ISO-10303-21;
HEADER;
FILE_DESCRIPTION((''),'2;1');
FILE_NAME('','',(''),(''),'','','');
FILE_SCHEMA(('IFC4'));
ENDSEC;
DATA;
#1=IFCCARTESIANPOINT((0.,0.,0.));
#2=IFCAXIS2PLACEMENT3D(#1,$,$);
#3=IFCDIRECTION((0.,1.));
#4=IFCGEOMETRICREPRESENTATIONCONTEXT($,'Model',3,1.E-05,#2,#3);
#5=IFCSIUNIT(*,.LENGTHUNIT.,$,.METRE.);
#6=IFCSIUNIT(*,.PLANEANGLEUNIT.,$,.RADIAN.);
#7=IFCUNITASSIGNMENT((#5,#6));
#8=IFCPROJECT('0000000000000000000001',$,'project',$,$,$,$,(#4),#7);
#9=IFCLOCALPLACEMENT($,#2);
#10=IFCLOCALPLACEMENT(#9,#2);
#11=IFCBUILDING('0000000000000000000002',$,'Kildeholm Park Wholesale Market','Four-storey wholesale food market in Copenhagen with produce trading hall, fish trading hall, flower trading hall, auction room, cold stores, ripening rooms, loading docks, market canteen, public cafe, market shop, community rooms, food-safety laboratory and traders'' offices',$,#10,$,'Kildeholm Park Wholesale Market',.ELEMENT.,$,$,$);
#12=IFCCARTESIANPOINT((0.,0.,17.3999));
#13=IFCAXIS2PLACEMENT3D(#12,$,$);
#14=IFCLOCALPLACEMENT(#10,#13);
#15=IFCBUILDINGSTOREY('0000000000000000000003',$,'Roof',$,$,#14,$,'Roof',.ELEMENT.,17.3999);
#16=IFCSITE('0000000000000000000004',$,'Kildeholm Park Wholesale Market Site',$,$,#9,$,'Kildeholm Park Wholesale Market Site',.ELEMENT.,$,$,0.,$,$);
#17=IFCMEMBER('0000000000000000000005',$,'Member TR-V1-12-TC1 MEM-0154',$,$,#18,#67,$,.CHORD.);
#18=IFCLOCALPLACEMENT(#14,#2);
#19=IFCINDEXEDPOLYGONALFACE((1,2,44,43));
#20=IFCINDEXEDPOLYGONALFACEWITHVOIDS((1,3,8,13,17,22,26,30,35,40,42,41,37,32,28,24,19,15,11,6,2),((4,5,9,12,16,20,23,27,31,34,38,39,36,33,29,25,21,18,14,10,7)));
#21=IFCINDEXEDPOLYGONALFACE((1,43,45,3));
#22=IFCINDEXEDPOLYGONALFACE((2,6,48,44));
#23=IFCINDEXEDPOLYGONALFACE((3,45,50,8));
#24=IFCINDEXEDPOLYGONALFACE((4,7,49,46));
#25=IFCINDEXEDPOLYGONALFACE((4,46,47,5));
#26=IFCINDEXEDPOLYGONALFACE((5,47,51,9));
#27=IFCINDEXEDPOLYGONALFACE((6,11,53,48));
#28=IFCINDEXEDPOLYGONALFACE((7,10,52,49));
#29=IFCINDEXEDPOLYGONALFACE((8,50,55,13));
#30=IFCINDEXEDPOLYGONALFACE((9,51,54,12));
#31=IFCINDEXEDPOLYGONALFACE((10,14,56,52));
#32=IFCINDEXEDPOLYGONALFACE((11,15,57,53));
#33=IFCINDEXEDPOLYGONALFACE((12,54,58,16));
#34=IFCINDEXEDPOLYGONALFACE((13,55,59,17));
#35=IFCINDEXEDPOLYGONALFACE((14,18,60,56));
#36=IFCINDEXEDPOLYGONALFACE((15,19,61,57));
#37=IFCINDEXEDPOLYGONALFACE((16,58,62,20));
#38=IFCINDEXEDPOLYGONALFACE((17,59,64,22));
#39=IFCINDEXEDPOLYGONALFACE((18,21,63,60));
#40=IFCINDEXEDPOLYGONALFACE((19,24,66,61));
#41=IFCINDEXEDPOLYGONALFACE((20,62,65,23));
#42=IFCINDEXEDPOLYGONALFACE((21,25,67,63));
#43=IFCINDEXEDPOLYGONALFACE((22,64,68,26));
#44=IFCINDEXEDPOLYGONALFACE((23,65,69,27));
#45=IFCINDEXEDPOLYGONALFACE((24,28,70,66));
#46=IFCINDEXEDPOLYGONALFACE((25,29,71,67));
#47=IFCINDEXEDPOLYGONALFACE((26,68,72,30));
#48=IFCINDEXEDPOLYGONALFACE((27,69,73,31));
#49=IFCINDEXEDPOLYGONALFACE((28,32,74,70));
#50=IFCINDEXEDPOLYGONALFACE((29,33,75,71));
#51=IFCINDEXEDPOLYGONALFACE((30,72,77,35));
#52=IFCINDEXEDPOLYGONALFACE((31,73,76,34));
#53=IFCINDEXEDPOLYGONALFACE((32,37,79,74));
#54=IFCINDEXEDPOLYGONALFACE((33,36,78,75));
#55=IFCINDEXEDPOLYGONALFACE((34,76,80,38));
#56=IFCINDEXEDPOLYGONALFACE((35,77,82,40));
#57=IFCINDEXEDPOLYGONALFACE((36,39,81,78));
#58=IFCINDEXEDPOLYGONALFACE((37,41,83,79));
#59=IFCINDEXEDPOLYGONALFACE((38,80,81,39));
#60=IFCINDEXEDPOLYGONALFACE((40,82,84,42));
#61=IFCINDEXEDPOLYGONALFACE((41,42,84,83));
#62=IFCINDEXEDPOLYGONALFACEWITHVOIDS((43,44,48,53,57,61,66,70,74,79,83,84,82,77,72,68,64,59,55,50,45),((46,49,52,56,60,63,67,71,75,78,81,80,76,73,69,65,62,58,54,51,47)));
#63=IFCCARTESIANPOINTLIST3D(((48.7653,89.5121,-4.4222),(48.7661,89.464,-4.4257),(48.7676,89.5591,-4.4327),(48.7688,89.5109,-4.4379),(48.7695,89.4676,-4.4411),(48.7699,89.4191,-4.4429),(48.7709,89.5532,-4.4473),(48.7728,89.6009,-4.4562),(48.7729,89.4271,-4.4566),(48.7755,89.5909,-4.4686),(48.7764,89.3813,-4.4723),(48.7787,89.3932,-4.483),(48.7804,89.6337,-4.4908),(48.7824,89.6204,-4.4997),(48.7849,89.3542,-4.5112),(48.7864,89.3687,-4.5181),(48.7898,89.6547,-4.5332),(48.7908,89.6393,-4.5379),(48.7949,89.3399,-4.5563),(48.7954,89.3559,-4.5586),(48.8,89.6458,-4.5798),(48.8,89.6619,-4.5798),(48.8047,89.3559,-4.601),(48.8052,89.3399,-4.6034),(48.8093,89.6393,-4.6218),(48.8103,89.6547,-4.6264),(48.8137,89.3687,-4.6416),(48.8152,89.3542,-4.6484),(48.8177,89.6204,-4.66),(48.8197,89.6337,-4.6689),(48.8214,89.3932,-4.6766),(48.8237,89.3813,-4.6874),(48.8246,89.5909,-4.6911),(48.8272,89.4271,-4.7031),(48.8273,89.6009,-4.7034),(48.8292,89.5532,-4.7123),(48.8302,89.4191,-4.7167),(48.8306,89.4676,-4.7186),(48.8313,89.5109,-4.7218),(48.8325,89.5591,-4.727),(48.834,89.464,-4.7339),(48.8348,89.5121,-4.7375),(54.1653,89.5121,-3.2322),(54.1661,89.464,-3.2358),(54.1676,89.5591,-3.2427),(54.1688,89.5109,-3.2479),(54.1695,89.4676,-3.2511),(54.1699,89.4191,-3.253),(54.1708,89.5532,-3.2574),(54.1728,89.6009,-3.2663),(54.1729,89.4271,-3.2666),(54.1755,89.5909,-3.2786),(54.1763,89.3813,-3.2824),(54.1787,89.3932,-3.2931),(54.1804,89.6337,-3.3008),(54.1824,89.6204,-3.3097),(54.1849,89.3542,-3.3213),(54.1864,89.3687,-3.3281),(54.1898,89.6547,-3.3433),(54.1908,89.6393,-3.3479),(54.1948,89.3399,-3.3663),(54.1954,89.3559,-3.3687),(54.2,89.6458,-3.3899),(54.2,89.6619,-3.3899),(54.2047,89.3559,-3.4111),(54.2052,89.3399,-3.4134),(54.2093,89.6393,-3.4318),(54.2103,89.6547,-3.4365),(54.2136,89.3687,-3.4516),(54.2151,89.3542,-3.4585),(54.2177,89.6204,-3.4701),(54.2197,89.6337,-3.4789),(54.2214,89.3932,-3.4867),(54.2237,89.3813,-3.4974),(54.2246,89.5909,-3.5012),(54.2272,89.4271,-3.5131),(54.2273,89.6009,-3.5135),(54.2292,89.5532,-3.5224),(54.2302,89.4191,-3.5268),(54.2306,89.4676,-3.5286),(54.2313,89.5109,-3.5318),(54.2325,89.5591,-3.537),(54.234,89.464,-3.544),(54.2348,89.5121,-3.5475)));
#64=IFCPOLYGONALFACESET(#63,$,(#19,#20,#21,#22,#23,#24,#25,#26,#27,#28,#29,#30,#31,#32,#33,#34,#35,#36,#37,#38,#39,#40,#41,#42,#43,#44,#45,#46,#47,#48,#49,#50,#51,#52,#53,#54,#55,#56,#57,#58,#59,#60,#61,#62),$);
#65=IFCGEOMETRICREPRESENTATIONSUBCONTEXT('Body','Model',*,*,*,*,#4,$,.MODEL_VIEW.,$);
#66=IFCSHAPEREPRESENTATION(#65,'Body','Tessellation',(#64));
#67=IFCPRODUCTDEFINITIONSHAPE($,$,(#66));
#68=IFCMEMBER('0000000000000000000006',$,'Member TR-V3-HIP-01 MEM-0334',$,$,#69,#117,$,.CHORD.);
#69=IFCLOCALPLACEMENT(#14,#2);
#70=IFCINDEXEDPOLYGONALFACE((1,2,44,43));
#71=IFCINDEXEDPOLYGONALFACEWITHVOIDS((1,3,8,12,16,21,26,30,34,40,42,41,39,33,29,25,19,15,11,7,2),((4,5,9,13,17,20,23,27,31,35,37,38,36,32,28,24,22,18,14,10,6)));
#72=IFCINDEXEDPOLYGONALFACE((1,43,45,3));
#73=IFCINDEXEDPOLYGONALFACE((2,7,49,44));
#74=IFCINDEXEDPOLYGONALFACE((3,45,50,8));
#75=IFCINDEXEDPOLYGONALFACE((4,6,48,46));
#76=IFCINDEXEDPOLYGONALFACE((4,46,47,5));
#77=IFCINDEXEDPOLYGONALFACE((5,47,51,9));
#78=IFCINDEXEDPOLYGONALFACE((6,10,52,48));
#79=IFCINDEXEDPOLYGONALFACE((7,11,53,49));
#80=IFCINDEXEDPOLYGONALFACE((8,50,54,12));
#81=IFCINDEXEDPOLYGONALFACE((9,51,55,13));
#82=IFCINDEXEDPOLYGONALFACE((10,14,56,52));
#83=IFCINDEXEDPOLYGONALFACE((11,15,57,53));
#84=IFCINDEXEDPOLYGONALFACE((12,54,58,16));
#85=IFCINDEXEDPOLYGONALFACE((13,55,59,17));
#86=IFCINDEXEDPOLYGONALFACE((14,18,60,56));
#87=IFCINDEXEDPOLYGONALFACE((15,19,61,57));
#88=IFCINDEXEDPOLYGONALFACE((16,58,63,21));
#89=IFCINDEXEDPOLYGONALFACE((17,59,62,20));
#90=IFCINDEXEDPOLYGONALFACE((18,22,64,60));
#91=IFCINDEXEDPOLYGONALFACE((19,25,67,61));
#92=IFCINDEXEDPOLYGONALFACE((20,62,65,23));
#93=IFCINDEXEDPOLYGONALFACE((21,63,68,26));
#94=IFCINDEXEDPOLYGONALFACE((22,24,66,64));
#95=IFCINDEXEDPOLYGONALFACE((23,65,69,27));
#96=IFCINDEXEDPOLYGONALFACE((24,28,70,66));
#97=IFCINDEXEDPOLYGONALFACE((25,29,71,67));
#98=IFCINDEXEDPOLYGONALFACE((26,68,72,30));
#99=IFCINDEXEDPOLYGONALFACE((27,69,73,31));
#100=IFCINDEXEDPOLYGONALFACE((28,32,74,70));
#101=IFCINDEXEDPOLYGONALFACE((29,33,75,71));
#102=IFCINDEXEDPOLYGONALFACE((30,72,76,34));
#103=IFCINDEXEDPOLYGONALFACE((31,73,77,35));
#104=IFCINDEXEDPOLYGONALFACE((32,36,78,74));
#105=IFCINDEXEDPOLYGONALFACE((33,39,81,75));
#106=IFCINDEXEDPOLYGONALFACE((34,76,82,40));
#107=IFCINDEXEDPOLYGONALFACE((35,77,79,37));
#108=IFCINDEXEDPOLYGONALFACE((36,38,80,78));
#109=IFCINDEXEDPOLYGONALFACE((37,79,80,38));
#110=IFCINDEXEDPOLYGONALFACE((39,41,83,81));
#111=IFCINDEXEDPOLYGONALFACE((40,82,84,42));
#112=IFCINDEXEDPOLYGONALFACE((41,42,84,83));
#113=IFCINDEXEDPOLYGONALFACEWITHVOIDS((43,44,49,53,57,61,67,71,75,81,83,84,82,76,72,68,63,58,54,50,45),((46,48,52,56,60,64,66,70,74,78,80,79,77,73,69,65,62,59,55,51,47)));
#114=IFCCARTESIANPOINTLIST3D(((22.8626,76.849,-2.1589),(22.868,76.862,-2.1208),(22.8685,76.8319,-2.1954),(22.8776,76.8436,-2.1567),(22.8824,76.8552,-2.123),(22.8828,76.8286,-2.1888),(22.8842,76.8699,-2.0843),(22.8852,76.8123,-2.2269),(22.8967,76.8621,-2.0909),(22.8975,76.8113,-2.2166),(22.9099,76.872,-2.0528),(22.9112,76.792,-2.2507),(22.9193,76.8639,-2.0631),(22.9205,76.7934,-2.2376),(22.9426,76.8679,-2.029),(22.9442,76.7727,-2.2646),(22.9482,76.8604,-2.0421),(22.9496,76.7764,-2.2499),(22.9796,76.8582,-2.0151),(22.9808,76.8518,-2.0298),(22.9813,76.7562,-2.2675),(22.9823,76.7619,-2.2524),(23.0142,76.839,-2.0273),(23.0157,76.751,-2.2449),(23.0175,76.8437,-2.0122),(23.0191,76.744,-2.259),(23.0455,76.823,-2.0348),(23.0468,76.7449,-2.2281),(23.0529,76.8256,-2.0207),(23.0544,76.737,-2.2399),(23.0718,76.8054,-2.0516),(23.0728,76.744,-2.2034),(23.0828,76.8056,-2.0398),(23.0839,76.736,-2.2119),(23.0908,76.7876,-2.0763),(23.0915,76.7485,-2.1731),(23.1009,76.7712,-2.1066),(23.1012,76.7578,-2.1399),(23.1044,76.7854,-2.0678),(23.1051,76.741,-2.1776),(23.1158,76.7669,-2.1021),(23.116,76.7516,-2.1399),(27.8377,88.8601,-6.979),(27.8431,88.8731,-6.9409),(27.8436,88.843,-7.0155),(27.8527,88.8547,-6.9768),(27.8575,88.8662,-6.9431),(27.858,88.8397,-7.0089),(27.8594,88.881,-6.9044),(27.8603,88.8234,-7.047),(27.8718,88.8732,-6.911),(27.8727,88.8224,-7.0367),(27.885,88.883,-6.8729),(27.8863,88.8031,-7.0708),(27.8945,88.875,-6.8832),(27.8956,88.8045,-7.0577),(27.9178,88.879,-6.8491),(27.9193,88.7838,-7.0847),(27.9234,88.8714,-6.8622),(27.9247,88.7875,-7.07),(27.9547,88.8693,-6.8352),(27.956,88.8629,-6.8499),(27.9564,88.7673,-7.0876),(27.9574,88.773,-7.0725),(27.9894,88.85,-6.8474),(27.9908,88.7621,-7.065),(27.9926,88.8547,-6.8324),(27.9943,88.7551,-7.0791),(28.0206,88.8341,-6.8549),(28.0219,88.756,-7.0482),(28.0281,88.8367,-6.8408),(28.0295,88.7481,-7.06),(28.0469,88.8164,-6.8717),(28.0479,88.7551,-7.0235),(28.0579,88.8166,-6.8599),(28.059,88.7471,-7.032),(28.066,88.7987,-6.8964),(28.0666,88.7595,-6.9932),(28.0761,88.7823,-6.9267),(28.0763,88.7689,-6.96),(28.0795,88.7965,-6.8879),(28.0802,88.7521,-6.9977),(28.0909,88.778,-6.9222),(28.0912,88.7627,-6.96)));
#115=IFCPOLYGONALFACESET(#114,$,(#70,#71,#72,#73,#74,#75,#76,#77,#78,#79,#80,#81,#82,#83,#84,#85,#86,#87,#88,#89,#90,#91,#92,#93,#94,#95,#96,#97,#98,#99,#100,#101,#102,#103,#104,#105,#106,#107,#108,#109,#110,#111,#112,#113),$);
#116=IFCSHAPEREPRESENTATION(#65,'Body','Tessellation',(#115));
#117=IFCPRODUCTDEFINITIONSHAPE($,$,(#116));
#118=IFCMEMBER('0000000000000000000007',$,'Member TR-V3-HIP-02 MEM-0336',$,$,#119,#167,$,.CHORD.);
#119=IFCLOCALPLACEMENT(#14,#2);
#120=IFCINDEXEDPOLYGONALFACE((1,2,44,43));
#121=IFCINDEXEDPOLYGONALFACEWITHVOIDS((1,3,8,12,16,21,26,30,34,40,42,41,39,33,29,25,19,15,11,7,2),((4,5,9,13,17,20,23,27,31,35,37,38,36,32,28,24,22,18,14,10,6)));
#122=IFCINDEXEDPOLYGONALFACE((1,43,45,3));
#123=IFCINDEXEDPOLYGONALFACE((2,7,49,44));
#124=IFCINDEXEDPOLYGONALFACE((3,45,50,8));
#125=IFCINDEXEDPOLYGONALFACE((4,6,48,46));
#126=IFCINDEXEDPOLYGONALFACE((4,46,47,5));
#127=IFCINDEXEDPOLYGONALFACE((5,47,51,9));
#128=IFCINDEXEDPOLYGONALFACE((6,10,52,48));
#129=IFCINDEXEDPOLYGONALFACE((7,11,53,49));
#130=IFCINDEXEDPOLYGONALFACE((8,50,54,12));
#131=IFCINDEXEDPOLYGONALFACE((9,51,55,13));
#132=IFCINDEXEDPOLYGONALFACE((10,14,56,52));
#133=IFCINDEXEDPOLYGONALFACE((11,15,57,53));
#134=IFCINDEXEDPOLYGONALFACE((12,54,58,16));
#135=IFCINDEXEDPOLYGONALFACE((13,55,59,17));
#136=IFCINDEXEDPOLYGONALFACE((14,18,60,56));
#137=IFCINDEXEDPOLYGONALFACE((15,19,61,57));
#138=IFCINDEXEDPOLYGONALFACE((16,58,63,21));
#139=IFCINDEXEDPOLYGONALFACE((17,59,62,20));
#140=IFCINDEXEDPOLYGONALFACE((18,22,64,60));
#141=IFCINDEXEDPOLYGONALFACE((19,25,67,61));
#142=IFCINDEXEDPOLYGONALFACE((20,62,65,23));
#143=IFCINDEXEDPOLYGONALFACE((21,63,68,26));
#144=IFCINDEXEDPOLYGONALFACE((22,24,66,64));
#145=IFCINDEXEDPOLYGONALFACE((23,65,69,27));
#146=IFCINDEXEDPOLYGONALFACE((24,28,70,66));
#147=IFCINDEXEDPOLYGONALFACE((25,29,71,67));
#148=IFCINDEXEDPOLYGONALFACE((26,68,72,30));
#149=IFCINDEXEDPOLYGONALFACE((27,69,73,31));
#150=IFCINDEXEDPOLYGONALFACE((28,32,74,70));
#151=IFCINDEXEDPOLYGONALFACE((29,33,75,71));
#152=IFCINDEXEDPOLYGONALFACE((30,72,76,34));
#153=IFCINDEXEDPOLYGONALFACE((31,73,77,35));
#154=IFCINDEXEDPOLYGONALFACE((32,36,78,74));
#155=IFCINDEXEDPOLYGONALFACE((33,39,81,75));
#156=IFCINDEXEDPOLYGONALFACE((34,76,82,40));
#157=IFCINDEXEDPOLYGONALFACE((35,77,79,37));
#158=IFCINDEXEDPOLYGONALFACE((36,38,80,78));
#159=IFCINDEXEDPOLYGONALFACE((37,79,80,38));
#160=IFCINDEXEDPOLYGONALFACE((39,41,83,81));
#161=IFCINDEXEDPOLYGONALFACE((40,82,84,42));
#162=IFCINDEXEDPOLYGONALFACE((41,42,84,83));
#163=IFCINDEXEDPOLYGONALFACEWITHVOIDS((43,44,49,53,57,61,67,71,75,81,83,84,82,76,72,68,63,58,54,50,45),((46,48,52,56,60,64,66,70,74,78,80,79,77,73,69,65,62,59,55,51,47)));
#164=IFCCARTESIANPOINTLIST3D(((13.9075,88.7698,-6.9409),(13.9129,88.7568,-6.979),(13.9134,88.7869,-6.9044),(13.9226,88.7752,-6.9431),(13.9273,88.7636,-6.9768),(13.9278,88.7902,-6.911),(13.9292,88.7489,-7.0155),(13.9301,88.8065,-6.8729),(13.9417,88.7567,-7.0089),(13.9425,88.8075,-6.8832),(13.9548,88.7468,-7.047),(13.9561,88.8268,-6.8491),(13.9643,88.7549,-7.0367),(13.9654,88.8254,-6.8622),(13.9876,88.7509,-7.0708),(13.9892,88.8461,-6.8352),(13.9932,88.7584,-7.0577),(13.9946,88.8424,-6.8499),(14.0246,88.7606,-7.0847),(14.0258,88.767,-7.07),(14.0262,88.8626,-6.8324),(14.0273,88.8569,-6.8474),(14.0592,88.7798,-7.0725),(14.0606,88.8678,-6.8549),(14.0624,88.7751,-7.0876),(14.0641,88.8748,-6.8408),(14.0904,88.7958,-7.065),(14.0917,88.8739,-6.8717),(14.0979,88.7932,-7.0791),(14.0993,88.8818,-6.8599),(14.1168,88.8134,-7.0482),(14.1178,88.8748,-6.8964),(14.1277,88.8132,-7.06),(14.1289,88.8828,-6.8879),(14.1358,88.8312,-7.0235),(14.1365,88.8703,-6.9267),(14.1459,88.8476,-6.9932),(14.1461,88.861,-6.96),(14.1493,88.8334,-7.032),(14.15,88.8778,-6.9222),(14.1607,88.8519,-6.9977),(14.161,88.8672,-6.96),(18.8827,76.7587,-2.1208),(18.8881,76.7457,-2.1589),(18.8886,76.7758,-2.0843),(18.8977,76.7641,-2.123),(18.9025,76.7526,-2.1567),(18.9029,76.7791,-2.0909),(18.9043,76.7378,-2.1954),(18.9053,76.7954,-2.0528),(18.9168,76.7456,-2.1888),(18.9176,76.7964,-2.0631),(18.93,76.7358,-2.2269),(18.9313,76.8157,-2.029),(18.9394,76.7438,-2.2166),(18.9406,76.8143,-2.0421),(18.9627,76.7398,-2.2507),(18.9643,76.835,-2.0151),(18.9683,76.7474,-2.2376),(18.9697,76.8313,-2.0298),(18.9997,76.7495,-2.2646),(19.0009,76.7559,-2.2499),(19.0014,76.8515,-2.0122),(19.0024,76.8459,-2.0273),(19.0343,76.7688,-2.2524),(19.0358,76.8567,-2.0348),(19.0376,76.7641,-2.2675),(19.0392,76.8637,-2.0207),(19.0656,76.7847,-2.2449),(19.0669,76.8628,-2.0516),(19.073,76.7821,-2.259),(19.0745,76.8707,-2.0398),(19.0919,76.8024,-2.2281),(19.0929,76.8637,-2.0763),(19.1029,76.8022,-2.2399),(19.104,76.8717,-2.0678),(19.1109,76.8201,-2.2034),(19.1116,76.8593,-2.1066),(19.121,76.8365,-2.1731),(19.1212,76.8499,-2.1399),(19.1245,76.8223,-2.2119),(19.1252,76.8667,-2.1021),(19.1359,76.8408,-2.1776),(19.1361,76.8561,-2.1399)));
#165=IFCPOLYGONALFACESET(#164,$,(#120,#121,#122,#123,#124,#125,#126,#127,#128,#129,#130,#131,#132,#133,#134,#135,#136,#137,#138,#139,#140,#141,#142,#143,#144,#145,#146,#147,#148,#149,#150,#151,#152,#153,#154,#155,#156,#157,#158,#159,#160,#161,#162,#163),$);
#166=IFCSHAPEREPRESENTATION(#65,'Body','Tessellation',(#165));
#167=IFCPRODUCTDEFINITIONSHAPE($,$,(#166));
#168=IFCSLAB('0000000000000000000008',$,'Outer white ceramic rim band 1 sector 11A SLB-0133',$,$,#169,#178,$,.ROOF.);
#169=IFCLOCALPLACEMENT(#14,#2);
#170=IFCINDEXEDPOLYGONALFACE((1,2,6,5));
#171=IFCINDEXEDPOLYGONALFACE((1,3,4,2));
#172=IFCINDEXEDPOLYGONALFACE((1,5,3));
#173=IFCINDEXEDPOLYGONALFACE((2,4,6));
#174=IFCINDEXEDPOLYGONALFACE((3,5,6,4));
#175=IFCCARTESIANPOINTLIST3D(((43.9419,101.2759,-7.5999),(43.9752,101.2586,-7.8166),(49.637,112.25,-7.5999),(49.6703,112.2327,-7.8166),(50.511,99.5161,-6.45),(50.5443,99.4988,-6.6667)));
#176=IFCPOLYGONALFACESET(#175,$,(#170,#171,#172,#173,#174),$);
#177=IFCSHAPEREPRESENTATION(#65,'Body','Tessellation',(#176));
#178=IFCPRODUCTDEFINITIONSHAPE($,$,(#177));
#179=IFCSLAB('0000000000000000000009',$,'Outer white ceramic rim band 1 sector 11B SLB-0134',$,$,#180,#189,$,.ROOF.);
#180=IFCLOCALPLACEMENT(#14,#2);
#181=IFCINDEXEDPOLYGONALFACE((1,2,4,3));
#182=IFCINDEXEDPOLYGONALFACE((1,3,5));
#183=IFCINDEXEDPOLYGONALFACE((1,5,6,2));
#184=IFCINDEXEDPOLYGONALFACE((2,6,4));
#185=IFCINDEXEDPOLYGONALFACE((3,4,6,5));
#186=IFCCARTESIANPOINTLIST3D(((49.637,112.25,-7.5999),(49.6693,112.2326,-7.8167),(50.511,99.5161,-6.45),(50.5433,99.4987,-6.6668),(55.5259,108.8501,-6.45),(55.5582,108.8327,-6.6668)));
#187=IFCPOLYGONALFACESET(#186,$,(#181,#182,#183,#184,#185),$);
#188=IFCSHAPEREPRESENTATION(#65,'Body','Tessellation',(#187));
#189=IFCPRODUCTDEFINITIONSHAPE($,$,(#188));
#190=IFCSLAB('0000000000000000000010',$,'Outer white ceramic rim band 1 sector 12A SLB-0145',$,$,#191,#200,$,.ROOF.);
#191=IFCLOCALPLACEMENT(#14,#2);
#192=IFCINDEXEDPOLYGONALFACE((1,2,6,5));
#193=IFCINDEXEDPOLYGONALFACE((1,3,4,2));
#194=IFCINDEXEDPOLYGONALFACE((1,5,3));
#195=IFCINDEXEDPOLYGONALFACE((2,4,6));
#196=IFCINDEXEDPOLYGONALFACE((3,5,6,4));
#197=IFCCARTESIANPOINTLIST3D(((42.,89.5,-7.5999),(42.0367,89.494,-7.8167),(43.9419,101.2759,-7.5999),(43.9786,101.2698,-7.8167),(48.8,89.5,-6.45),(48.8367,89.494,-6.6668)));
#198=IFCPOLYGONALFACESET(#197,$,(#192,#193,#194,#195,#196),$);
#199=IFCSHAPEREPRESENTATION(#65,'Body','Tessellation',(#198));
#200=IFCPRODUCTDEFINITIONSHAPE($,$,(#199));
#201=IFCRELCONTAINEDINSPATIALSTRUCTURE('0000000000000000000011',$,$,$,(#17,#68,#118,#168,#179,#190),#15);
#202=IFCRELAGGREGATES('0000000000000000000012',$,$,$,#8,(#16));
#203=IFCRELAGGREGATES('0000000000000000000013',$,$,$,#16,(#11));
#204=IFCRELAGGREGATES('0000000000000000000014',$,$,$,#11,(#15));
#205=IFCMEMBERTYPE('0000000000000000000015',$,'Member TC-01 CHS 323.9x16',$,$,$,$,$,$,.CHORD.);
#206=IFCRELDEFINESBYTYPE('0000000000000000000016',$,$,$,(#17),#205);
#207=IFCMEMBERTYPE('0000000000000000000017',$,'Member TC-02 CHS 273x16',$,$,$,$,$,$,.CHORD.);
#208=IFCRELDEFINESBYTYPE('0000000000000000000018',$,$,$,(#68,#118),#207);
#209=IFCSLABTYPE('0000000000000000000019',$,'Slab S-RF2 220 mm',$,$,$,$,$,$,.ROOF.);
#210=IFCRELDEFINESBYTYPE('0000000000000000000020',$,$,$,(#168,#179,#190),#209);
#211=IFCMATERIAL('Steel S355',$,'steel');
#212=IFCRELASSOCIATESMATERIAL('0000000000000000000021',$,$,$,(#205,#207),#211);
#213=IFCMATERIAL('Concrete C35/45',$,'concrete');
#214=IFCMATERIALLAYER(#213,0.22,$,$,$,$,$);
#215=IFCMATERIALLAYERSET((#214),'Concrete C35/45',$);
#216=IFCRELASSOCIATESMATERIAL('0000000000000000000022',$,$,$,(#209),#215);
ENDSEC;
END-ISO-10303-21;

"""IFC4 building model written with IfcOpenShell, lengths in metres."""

from ifc_helpers import new_model, si_unit, direction, frame, origin, origin_2d, place, context, subcontext, project, spatial, polyline, hollow_circle, outline, extrude, material, layer, layer_set, material_profile, profile_set, type_object, element, save


model = new_model("IFC4")

# Units and contexts
model_context = context("Model", 3, precision=1e-05, world=origin(), true_north=direction((0.0, 1.0)))
body_context = subcontext(model_context, "Body", "Model", "MODEL_VIEW")
ifc_project = project(units=[si_unit("LENGTHUNIT", "METRE"), si_unit("PLANEANGLEUNIT", "RADIAN")], contexts=[model_context])

# Site, building, storey
site_placement = place(None, origin())
site = spatial("IfcSite", under=ifc_project, at=site_placement, Name="Kildeholm Park Wholesale Market Site", LongName="Kildeholm Park Wholesale Market Site", CompositionType="ELEMENT", RefElevation=0.0)
building_placement = place(site_placement, origin())
building = spatial("IfcBuilding", under=site, at=building_placement, Name="Kildeholm Park Wholesale Market", Description="Four-storey wholesale food market in Copenhagen with produce trading hall, fish trading hall, flower trading hall, auction room, cold stores, ripening rooms, loading docks, market canteen, public cafe, market shop, community rooms, food-safety laboratory and traders' offices", LongName="Kildeholm Park Wholesale Market", CompositionType="ELEMENT")
storey_placement = place(building_placement, frame((0.0, 0.0, 17.3999)))
storey = spatial("IfcBuildingStorey", under=building, at=storey_placement, Name="Roof", LongName="Roof", CompositionType="ELEMENT", Elevation=17.3999)

# Shared definitions
ifc_material_1 = material(Name="Steel S355", Category="steel")

# Members
ifc_material_profile_1 = material_profile(ifc_material_1, hollow_circle(Radius=0.1619, WallThickness=0.0161, at=origin_2d()), Name="CHS 323.9x16")
ifc_profile_set_1 = profile_set([ifc_material_profile_1], Name="Steel S355")
member_type_1 = type_object("IfcMemberType", Name="Member TC-01 CHS 323.9x16", PredefinedType="CHORD", material=ifc_profile_set_1)
member_1_placement = place(storey_placement, frame((48.8, 89.5, -4.5798), z_axis=(0.97657, 0.0, 0.2152), x_axis=(0.0, 1.0, 0.0)))
element("IfcMember", 1, at=member_1_placement, inside=storey, type_object=member_type_1, Name="Member TR-V1-12-TC1 MEM-0154", PredefinedType="CHORD", context=body_context, shape_type="SweptSolid", body=[
    extrude(hollow_circle(Radius=0.1619, WallThickness=0.0161, at=origin_2d()), origin(), (0.0, 0.0, 1.0), 5.5295),
])
ifc_material_profile_2 = material_profile(ifc_material_1, hollow_circle(Radius=0.1365, WallThickness=0.0161, at=origin_2d()), Name="CHS 273x16")
ifc_profile_set_2 = profile_set([ifc_material_profile_2], Name="Steel S355")
member_type_2 = type_object("IfcMemberType", Name="Member TC-02 CHS 273x16", PredefinedType="CHORD", material=ifc_profile_set_2)
for number, where, z_axis, x_axis, name in (
    (2, (27.9651, 88.8149, -6.96), (-0.358815, -0.866258, 0.347634), (0.92388, -0.382682, 0.0), "Member TR-V3-HIP-01 MEM-0334"),
    (3, (14.0349, 88.8149, -6.96), (0.358815, -0.866258, 0.347634), (0.92388, 0.382682, 0.0), "Member TR-V3-HIP-02 MEM-0336"),
):
    element("IfcMember", number, at=place(storey_placement, frame(where, z_axis=z_axis, x_axis=x_axis)), inside=storey, type_object=member_type_2, Name=name, PredefinedType="CHORD", context=body_context, shape_type="SweptSolid", body=[
        extrude(hollow_circle(Radius=0.1365, WallThickness=0.0161, at=origin_2d()), origin(), (0.0, 0.0, 1.0), 13.8655),
    ])

# Slabs
ifc_material_2 = material(Name="Concrete C35/45", Category="concrete")
ifc_layer_1 = layer(ifc_material_2, 0.22)
ifc_layer_set_1 = layer_set([ifc_layer_1], Name="Concrete C35/45")
slab_type = type_object("IfcSlabType", Name="Slab S-RF2 220 mm", PredefinedType="ROOF", material=ifc_layer_set_1)
slab_1_placement = place(storey_placement, frame((49.637, 112.25, -7.5999), z_axis=(-0.151429, 0.078585, 0.985339), x_axis=(-0.460622, -0.887596, 0.0)))
element("IfcSlab", 4, at=slab_1_placement, inside=storey, type_object=slab_type, Name="Outer white ceramic rim band 1 sector 11A SLB-0133", PredefinedType="ROOF", context=body_context, shape_type="SweptSolid", body=[
    extrude(outline(polyline([(0.0, 0.0), (12.3639, 0.0), (10.9, 6.7401), (0.0, 0.0)])), origin(), (0.0, 0.0, -1.0), 0.22),
])
slab_2_placement = place(storey_placement, frame((49.637, 112.25, -7.5999), z_axis=(-0.146948, 0.078951, 0.985988), x_axis=(0.0682, -0.993629, 0.089727)))
element("IfcSlab", 5, at=slab_2_placement, inside=storey, type_object=slab_type, Name="Outer white ceramic rim band 1 sector 11B SLB-0134", PredefinedType="ROOF", context=body_context, shape_type="SweptSolid", body=[
    extrude(outline(polyline([(0.0, 0.0), (12.8155, 0.0), (3.883, 5.6994), (0.0, 0.0)])), origin(), (0.0, 0.0, -1.0), 0.22),
])
slab_3_placement = place(storey_placement, frame((43.9419, 101.2759, -7.5999), z_axis=(-0.166672, 0.027485, 0.985629), x_axis=(-0.162707, -0.986674, 0.0)))
element("IfcSlab", 6, at=slab_3_placement, inside=storey, type_object=slab_type, Name="Outer white ceramic rim band 1 sector 12A SLB-0145", PredefinedType="ROOF", context=body_context, shape_type="SweptSolid", body=[
    extrude(outline(polyline([(0.0, 0.0), (11.9349, 0.0), (10.8285, 6.8073), (0.0, 0.0)])), origin(), (0.0, 0.0, -1.0), 0.22),
])

save(model, "model.ifc")
